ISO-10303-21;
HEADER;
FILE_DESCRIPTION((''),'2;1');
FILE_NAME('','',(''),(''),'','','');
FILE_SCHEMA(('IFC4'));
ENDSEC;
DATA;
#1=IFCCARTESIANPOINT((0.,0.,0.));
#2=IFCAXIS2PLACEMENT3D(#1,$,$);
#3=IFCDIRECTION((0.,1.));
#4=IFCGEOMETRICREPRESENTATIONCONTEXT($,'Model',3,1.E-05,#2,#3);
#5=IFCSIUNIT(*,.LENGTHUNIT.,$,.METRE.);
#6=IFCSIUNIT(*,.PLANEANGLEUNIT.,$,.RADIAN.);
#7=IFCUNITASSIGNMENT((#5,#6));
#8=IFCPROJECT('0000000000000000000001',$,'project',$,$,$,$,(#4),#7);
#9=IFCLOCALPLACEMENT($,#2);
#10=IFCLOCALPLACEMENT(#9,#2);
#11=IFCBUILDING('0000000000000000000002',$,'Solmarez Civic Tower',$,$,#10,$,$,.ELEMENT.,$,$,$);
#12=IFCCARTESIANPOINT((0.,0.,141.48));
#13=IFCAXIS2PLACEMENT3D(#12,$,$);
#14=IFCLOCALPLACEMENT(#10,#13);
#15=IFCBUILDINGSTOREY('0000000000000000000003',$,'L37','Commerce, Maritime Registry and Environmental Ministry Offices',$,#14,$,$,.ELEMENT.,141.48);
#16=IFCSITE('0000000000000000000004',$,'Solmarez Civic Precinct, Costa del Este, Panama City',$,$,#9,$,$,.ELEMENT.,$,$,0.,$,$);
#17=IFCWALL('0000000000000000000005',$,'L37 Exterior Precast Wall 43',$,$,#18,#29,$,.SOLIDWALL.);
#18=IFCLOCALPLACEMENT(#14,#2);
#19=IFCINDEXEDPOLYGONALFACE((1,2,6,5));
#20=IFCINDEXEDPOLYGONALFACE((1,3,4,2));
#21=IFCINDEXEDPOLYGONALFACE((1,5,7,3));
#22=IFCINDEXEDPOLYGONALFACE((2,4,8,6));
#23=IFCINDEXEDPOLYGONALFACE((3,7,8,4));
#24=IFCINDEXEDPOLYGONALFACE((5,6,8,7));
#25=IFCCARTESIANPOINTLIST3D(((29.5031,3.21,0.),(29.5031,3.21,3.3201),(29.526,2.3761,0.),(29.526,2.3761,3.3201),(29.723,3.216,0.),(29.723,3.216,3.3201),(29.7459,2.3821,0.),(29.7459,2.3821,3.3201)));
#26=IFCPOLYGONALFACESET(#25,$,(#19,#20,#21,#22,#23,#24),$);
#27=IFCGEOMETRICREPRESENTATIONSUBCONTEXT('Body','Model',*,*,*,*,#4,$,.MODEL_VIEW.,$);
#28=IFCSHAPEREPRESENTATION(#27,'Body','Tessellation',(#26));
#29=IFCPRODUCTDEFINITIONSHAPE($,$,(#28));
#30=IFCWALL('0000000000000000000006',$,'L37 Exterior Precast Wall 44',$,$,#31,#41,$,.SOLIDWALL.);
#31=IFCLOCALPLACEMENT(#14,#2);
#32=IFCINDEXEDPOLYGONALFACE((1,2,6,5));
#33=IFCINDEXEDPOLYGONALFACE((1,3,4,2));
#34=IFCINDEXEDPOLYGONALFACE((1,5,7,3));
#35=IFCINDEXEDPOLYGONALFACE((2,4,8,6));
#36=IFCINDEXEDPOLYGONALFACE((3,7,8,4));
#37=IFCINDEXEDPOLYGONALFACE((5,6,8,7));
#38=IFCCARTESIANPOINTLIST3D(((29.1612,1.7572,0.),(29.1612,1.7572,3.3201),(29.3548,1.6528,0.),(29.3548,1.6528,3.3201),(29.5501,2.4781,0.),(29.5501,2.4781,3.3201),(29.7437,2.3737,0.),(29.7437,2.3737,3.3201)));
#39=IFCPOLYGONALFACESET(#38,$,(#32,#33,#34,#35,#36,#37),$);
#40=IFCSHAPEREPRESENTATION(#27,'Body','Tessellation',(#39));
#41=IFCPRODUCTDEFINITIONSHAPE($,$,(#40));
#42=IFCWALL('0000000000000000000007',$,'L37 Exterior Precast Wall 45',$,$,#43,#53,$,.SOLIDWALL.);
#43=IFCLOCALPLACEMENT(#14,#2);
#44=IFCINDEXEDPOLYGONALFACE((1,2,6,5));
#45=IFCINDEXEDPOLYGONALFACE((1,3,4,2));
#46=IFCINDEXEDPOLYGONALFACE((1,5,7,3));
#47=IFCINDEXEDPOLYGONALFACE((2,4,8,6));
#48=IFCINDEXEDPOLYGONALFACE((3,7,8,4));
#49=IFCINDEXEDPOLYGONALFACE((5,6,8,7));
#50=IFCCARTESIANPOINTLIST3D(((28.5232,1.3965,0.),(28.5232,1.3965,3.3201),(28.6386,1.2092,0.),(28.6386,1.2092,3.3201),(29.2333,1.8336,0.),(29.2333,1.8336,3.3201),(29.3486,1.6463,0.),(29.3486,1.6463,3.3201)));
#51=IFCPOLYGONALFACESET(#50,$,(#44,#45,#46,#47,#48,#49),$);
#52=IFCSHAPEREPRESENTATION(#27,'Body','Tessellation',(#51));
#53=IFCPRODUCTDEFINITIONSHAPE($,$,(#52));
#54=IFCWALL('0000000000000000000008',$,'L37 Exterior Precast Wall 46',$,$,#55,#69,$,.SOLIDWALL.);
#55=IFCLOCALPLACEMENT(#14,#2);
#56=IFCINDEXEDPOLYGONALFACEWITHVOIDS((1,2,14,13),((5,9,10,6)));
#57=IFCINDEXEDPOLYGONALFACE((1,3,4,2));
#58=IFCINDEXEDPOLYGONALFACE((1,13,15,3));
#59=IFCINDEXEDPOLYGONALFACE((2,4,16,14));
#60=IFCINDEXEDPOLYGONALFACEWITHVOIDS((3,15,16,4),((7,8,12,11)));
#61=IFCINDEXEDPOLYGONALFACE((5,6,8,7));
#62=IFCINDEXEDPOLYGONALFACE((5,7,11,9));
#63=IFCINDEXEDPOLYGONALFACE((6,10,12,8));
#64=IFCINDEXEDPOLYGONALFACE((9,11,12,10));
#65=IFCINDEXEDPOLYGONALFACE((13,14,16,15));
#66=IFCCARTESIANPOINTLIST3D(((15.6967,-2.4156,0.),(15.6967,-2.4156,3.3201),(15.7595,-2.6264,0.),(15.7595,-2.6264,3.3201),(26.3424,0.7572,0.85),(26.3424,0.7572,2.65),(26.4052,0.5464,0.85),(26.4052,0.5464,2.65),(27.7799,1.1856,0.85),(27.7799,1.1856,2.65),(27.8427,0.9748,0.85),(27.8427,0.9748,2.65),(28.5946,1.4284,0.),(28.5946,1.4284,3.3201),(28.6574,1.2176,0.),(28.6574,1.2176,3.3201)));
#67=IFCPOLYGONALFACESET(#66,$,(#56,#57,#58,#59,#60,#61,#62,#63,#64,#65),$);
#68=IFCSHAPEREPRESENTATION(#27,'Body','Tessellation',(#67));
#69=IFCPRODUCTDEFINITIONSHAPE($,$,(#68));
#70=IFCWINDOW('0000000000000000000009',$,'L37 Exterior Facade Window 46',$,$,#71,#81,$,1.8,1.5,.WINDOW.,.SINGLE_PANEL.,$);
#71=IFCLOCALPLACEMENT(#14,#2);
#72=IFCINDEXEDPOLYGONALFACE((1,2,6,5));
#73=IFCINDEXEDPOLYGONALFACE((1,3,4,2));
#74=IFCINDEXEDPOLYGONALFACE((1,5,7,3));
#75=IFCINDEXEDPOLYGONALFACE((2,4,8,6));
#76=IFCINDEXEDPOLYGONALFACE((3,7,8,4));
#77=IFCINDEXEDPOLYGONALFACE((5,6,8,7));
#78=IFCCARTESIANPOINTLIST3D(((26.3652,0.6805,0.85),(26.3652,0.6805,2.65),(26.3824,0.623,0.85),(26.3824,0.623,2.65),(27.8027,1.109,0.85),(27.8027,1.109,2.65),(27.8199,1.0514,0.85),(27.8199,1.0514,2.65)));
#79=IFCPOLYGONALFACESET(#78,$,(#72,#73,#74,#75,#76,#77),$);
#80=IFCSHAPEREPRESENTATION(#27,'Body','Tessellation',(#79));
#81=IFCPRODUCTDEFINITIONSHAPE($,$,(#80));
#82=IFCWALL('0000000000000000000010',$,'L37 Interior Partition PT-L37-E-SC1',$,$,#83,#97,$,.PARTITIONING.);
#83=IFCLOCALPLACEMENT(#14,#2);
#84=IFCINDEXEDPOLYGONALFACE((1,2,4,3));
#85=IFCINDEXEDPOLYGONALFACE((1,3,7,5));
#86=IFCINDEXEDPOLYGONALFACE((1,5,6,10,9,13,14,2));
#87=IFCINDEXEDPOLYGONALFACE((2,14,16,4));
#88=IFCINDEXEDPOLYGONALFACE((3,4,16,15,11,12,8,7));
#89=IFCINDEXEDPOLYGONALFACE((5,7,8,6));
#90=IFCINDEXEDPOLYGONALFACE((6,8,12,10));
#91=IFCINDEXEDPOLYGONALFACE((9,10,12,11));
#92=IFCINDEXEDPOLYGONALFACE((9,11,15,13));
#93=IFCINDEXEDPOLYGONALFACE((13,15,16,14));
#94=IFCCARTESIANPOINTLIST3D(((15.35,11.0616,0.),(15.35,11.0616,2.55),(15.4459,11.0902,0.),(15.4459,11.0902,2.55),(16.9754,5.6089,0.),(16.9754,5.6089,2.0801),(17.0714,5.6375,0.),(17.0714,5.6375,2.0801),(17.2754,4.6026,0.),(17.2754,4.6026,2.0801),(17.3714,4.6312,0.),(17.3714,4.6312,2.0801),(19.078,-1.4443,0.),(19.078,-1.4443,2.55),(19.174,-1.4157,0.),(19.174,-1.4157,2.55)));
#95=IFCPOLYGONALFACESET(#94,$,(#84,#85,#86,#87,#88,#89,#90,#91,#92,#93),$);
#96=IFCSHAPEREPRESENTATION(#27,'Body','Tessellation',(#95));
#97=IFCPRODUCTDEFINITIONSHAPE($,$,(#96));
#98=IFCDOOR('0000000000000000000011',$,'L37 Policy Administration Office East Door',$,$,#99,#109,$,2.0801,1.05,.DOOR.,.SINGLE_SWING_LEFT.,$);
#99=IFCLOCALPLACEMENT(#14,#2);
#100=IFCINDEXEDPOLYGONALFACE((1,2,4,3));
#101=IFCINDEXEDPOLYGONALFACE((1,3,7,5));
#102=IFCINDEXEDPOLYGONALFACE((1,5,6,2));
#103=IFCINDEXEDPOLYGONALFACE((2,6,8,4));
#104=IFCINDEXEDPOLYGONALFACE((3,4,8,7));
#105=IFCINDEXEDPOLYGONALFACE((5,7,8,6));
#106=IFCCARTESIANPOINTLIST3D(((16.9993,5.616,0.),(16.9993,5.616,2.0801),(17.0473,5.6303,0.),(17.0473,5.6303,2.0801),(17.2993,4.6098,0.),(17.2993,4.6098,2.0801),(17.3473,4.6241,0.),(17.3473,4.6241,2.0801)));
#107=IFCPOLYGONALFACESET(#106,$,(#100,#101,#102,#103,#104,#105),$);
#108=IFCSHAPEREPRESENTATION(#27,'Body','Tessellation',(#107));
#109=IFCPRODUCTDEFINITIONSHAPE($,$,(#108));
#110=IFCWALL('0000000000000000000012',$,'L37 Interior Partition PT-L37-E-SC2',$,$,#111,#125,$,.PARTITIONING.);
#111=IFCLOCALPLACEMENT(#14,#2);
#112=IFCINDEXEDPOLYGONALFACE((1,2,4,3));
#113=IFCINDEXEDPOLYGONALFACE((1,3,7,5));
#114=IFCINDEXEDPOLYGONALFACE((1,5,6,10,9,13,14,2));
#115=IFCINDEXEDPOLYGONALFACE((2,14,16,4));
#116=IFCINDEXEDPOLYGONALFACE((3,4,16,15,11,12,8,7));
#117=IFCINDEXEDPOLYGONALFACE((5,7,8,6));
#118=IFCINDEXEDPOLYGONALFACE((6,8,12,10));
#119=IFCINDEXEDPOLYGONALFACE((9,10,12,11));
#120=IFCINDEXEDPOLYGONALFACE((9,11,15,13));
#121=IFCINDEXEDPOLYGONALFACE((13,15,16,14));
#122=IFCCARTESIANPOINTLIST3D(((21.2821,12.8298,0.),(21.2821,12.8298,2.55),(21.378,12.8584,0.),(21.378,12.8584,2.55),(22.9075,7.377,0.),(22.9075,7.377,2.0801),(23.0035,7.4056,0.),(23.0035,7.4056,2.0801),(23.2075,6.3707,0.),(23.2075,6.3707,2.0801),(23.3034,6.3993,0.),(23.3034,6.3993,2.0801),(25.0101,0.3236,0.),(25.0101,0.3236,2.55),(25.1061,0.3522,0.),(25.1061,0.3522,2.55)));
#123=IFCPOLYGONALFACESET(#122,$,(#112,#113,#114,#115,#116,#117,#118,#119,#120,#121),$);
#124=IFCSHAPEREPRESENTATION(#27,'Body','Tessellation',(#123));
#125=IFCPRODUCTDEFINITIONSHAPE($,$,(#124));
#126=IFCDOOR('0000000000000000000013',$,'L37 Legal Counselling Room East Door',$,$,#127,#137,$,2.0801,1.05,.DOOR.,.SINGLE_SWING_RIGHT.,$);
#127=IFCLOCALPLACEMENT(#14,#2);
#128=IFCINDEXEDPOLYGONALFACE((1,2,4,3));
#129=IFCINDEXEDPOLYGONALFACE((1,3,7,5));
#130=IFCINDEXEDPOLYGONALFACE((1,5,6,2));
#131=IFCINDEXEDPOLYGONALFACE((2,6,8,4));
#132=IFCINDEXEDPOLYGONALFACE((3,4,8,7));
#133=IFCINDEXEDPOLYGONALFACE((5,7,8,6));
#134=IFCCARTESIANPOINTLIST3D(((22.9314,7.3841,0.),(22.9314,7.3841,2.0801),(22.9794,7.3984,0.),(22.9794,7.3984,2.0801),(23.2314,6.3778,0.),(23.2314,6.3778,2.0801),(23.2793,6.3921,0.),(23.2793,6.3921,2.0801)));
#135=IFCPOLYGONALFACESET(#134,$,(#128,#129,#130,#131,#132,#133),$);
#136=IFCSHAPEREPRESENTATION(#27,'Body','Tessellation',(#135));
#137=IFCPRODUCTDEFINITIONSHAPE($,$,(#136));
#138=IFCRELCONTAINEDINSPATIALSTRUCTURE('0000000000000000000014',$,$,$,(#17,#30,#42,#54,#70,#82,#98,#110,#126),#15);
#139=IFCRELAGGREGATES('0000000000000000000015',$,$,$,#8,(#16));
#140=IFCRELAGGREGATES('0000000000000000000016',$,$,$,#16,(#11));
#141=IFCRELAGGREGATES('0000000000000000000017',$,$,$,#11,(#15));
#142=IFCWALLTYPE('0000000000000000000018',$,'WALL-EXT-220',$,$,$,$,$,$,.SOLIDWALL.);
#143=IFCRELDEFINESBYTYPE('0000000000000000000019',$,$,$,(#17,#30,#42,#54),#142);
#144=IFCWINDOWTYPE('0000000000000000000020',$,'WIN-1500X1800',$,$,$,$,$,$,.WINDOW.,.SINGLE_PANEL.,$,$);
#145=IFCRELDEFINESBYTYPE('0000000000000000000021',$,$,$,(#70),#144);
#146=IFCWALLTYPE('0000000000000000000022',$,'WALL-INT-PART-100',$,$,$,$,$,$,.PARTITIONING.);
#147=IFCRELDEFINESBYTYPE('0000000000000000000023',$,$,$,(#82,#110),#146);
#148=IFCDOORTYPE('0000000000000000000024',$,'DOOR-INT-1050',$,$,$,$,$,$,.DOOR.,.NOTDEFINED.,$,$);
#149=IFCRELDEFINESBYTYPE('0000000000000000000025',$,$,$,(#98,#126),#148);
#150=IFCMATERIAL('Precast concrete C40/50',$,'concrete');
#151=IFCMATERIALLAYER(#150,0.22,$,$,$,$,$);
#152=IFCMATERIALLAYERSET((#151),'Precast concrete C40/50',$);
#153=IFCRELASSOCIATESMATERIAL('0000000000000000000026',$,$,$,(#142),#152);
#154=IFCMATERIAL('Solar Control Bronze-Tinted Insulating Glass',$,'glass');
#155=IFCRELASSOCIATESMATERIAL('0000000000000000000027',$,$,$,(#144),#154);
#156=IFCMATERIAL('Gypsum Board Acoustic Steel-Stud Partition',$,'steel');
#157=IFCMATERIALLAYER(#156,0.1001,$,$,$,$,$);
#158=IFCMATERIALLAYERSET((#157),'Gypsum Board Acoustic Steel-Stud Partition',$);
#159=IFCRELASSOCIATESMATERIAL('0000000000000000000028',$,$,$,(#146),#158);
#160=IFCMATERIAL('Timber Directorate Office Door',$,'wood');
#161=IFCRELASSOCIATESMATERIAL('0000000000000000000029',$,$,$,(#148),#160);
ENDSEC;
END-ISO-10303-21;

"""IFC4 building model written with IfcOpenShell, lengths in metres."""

from ifc_helpers import new_model, si_unit, direction, frame, frame_2d, origin, place, context, subcontext, project, spatial, rectangle, extrude, material, layer, layer_set, type_object, element, fill, save


model = new_model("IFC4")

# Units and contexts
model_context = context("Model", 3, precision=1e-05, world=origin(), true_north=direction((0.0, 1.0)))
body_context = subcontext(model_context, "Body", "Model", "MODEL_VIEW")
ifc_project = project(units=[si_unit("LENGTHUNIT", "METRE"), si_unit("PLANEANGLEUNIT", "RADIAN")], contexts=[model_context])

# Site, building, storey
site_placement = place(None, origin())
site = spatial("IfcSite", under=ifc_project, at=site_placement, Name="Solmarez Civic Precinct, Costa del Este, Panama City", CompositionType="ELEMENT", RefElevation=0.0)
building_placement = place(site_placement, origin())
building = spatial("IfcBuilding", under=site, at=building_placement, Name="Solmarez Civic Tower", CompositionType="ELEMENT")
storey_placement = place(building_placement, frame((0.0, 0.0, 141.48)))
storey = spatial("IfcBuildingStorey", under=building, at=storey_placement, Name="L37", Description="Commerce, Maritime Registry and Environmental Ministry Offices", CompositionType="ELEMENT", Elevation=141.48)

# Shared definitions
ifc_material_1 = material(Name="Precast concrete C40/50", Category="concrete")
ifc_layer_1 = layer(ifc_material_1, 0.22)
ifc_layer_set_1 = layer_set([ifc_layer_1], Name="Precast concrete C40/50")
wall_type_1 = type_object("IfcWallType", Name="WALL-EXT-220", PredefinedType="SOLIDWALL", material=ifc_layer_set_1)

# Shared definitions
ifc_material_2 = material(Name="Solar Control Bronze-Tinted Insulating Glass", Category="glass")

# Walls
wall_1_placement = place(storey_placement, frame((29.613, 3.2129, 0.0), z_axis=(0.0, 0.0, 1.0), x_axis=(0.027507, -0.999622, 0.0)))
element("IfcWall", 1, at=wall_1_placement, inside=storey, type_object=wall_type_1, Name="L37 Exterior Precast Wall 43", PredefinedType="SOLIDWALL", context=body_context, shape_type="SweptSolid", body=[
    extrude(rectangle(XDim=0.8342, YDim=0.22, at=frame_2d((0.417, 0.0))), origin(), (0.0, 0.0, 1.0), 3.3201),
])
wall_2_placement = place(storey_placement, frame((29.647, 2.426, 0.0), z_axis=(0.0, 0.0, 1.0), x_axis=(-0.474775, -0.880107, 0.0)))
element("IfcWall", 2, at=wall_2_placement, inside=storey, type_object=wall_type_1, Name="L37 Exterior Precast Wall 44", PredefinedType="SOLIDWALL", context=body_context, shape_type="SweptSolid", body=[
    extrude(rectangle(XDim=0.8191, YDim=0.22, at=frame_2d((0.4097, 0.0))), origin(), (0.0, 0.0, 1.0), 3.3201),
])
wall_3_placement = place(storey_placement, frame((29.291, 1.74, 0.0), z_axis=(0.0, 0.0, 1.0), x_axis=(-0.851598, -0.524195, 0.0)))
element("IfcWall", 3, at=wall_3_placement, inside=storey, type_object=wall_type_1, Name="L37 Exterior Precast Wall 45", PredefinedType="SOLIDWALL", context=body_context, shape_type="SweptSolid", body=[
    extrude(rectangle(XDim=0.8337, YDim=0.22, at=frame_2d((0.417, 0.0))), origin(), (0.0, 0.0, 1.0), 3.3201),
])

# Wall, opening, window
wall_4_placement = place(storey_placement, frame((28.626, 1.323, 0.0), z_axis=(0.0, 0.0, 1.0), x_axis=(-0.958344, -0.285617, 0.0)))
wall_4 = element("IfcWall", 4, at=wall_4_placement, inside=storey, type_object=wall_type_1, Name="L37 Exterior Precast Wall 46", PredefinedType="SOLIDWALL", context=body_context, shape_type="SweptSolid", body=[
    extrude(rectangle(XDim=13.4585, YDim=0.22, at=frame_2d((6.7292, 0.0))), origin(), (0.0, 0.0, 1.0), 3.3201),
])
opening_1_placement = place(wall_4_placement, frame((0.8501, 0.0, 0.8501)))
opening_1 = element("IfcOpeningElement", 5, at=opening_1_placement, cuts=wall_4, PredefinedType="OPENING", context=body_context, shape_type="SweptSolid", body=[
    extrude(rectangle(XDim=1.5, YDim=1.8, at=frame_2d((0.75, 0.8999))), frame((0.0, 0.1199, 0.0), z_axis=(0.0, -1.0, 0.0), x_axis=(1.0, 0.0, 0.0)), (0.0, 0.0, 1.0), 0.24),
])
window_type_1 = type_object("IfcWindowType", Name="WIN-1500X1800", PartitioningType="SINGLE_PANEL", PredefinedType="WINDOW", material=ifc_material_2)
window_1_placement = place(opening_1_placement, origin())
window_1 = element("IfcWindow", 6, at=window_1_placement, inside=storey, type_object=window_type_1, Name="L37 Exterior Facade Window 46", OverallHeight=1.8, OverallWidth=1.5, PartitioningType="SINGLE_PANEL", PredefinedType="WINDOW", context=body_context, shape_type="SweptSolid", body=[
    extrude(rectangle(XDim=1.5, YDim=1.8, at=frame_2d((0.75, 0.8999))), frame((0.0, 0.03, 0.0), z_axis=(0.0, -1.0, 0.0), x_axis=(1.0, 0.0, 0.0)), (0.0, 0.0, 1.0), 0.0601),
])
fill(opening_1, window_1)

# Walls, openings, doors
ifc_material_3 = material(Name="Gypsum Board Acoustic Steel-Stud Partition", Category="steel")
ifc_layer_2 = layer(ifc_material_3, 0.1001)
ifc_layer_set_2 = layer_set([ifc_layer_2], Name="Gypsum Board Acoustic Steel-Stud Partition")
wall_type_2 = type_object("IfcWallType", Name="WALL-INT-PART-100", PredefinedType="PARTITIONING", material=ifc_layer_set_2)
wall_5_placement = place(storey_placement, frame((15.3979, 11.0759, 0.0), z_axis=(0.0, 0.0, 1.0), x_axis=(0.285679, -0.958325, 0.0)))
wall_5 = element("IfcWall", 7, at=wall_5_placement, inside=storey, type_object=wall_type_2, Name="L37 Interior Partition PT-L37-E-SC1", PredefinedType="PARTITIONING", context=body_context, shape_type="SweptSolid", body=[
    extrude(rectangle(XDim=13.0498, YDim=0.1001, at=frame_2d((6.5249, 0.0))), origin(), (0.0, 0.0, 1.0), 2.55),
])
opening_2_placement = place(wall_5_placement, frame((5.6899, 0.0, 0.0)))
opening_2 = element("IfcOpeningElement", 8, at=opening_2_placement, cuts=wall_5, PredefinedType="OPENING", context=body_context, shape_type="SweptSolid", body=[
    extrude(rectangle(XDim=1.05, YDim=2.0801, at=frame_2d((0.5249, 1.04))), frame((0.0, 0.0601, 0.0), z_axis=(0.0, -1.0, 0.0), x_axis=(1.0, 0.0, 0.0)), (0.0, 0.0, 1.0), 0.1201),
])
ifc_material_4 = material(Name="Timber Directorate Office Door", Category="wood")
door_type = type_object("IfcDoorType", Name="DOOR-INT-1050", OperationType="NOTDEFINED", PredefinedType="DOOR", material=ifc_material_4)
door_1_placement = place(opening_2_placement, origin())
door_1 = element("IfcDoor", 9, at=door_1_placement, inside=storey, type_object=door_type, Name="L37 Policy Administration Office East Door", OperationType="SINGLE_SWING_LEFT", OverallHeight=2.0801, OverallWidth=1.05, PredefinedType="DOOR", context=body_context, shape_type="SweptSolid", body=[
    extrude(rectangle(XDim=1.05, YDim=2.0801, at=frame_2d((0.5249, 1.04))), frame((0.0, 0.0249, 0.0), z_axis=(0.0, -1.0, 0.0), x_axis=(1.0, 0.0, 0.0)), (0.0, 0.0, 1.0), 0.05),
])
fill(opening_2, door_1)
wall_6_placement = place(storey_placement, frame((21.3301, 12.844, 0.0), z_axis=(0.0, 0.0, 1.0), x_axis=(0.285674, -0.958327, 0.0)))
wall_6 = element("IfcWall", 10, at=wall_6_placement, inside=storey, type_object=wall_type_2, Name="L37 Interior Partition PT-L37-E-SC2", PredefinedType="PARTITIONING", context=body_context, shape_type="SweptSolid", body=[
    extrude(rectangle(XDim=13.05, YDim=0.1001, at=frame_2d((6.5249, 0.0))), origin(), (0.0, 0.0, 1.0), 2.55),
])
opening_3_placement = place(wall_6_placement, frame((5.6899, 0.0, 0.0)))
opening_3 = element("IfcOpeningElement", 11, at=opening_3_placement, cuts=wall_6, PredefinedType="OPENING", context=body_context, shape_type="SweptSolid", body=[
    extrude(rectangle(XDim=1.05, YDim=2.0801, at=frame_2d((0.5249, 1.04))), frame((0.0, 0.0601, 0.0), z_axis=(0.0, -1.0, 0.0), x_axis=(1.0, 0.0, 0.0)), (0.0, 0.0, 1.0), 0.1201),
])
door_2_placement = place(opening_3_placement, origin())
door_2 = element("IfcDoor", 12, at=door_2_placement, inside=storey, type_object=door_type, Name="L37 Legal Counselling Room East Door", OperationType="SINGLE_SWING_RIGHT", OverallHeight=2.0801, OverallWidth=1.05, PredefinedType="DOOR", context=body_context, shape_type="SweptSolid", body=[
    extrude(rectangle(XDim=1.05, YDim=2.0801, at=frame_2d((0.5249, 1.04))), frame((0.0, 0.0249, 0.0), z_axis=(0.0, -1.0, 0.0), x_axis=(1.0, 0.0, 0.0)), (0.0, 0.0, 1.0), 0.05),
])
fill(opening_3, door_2)

save(model, "model.ifc")
